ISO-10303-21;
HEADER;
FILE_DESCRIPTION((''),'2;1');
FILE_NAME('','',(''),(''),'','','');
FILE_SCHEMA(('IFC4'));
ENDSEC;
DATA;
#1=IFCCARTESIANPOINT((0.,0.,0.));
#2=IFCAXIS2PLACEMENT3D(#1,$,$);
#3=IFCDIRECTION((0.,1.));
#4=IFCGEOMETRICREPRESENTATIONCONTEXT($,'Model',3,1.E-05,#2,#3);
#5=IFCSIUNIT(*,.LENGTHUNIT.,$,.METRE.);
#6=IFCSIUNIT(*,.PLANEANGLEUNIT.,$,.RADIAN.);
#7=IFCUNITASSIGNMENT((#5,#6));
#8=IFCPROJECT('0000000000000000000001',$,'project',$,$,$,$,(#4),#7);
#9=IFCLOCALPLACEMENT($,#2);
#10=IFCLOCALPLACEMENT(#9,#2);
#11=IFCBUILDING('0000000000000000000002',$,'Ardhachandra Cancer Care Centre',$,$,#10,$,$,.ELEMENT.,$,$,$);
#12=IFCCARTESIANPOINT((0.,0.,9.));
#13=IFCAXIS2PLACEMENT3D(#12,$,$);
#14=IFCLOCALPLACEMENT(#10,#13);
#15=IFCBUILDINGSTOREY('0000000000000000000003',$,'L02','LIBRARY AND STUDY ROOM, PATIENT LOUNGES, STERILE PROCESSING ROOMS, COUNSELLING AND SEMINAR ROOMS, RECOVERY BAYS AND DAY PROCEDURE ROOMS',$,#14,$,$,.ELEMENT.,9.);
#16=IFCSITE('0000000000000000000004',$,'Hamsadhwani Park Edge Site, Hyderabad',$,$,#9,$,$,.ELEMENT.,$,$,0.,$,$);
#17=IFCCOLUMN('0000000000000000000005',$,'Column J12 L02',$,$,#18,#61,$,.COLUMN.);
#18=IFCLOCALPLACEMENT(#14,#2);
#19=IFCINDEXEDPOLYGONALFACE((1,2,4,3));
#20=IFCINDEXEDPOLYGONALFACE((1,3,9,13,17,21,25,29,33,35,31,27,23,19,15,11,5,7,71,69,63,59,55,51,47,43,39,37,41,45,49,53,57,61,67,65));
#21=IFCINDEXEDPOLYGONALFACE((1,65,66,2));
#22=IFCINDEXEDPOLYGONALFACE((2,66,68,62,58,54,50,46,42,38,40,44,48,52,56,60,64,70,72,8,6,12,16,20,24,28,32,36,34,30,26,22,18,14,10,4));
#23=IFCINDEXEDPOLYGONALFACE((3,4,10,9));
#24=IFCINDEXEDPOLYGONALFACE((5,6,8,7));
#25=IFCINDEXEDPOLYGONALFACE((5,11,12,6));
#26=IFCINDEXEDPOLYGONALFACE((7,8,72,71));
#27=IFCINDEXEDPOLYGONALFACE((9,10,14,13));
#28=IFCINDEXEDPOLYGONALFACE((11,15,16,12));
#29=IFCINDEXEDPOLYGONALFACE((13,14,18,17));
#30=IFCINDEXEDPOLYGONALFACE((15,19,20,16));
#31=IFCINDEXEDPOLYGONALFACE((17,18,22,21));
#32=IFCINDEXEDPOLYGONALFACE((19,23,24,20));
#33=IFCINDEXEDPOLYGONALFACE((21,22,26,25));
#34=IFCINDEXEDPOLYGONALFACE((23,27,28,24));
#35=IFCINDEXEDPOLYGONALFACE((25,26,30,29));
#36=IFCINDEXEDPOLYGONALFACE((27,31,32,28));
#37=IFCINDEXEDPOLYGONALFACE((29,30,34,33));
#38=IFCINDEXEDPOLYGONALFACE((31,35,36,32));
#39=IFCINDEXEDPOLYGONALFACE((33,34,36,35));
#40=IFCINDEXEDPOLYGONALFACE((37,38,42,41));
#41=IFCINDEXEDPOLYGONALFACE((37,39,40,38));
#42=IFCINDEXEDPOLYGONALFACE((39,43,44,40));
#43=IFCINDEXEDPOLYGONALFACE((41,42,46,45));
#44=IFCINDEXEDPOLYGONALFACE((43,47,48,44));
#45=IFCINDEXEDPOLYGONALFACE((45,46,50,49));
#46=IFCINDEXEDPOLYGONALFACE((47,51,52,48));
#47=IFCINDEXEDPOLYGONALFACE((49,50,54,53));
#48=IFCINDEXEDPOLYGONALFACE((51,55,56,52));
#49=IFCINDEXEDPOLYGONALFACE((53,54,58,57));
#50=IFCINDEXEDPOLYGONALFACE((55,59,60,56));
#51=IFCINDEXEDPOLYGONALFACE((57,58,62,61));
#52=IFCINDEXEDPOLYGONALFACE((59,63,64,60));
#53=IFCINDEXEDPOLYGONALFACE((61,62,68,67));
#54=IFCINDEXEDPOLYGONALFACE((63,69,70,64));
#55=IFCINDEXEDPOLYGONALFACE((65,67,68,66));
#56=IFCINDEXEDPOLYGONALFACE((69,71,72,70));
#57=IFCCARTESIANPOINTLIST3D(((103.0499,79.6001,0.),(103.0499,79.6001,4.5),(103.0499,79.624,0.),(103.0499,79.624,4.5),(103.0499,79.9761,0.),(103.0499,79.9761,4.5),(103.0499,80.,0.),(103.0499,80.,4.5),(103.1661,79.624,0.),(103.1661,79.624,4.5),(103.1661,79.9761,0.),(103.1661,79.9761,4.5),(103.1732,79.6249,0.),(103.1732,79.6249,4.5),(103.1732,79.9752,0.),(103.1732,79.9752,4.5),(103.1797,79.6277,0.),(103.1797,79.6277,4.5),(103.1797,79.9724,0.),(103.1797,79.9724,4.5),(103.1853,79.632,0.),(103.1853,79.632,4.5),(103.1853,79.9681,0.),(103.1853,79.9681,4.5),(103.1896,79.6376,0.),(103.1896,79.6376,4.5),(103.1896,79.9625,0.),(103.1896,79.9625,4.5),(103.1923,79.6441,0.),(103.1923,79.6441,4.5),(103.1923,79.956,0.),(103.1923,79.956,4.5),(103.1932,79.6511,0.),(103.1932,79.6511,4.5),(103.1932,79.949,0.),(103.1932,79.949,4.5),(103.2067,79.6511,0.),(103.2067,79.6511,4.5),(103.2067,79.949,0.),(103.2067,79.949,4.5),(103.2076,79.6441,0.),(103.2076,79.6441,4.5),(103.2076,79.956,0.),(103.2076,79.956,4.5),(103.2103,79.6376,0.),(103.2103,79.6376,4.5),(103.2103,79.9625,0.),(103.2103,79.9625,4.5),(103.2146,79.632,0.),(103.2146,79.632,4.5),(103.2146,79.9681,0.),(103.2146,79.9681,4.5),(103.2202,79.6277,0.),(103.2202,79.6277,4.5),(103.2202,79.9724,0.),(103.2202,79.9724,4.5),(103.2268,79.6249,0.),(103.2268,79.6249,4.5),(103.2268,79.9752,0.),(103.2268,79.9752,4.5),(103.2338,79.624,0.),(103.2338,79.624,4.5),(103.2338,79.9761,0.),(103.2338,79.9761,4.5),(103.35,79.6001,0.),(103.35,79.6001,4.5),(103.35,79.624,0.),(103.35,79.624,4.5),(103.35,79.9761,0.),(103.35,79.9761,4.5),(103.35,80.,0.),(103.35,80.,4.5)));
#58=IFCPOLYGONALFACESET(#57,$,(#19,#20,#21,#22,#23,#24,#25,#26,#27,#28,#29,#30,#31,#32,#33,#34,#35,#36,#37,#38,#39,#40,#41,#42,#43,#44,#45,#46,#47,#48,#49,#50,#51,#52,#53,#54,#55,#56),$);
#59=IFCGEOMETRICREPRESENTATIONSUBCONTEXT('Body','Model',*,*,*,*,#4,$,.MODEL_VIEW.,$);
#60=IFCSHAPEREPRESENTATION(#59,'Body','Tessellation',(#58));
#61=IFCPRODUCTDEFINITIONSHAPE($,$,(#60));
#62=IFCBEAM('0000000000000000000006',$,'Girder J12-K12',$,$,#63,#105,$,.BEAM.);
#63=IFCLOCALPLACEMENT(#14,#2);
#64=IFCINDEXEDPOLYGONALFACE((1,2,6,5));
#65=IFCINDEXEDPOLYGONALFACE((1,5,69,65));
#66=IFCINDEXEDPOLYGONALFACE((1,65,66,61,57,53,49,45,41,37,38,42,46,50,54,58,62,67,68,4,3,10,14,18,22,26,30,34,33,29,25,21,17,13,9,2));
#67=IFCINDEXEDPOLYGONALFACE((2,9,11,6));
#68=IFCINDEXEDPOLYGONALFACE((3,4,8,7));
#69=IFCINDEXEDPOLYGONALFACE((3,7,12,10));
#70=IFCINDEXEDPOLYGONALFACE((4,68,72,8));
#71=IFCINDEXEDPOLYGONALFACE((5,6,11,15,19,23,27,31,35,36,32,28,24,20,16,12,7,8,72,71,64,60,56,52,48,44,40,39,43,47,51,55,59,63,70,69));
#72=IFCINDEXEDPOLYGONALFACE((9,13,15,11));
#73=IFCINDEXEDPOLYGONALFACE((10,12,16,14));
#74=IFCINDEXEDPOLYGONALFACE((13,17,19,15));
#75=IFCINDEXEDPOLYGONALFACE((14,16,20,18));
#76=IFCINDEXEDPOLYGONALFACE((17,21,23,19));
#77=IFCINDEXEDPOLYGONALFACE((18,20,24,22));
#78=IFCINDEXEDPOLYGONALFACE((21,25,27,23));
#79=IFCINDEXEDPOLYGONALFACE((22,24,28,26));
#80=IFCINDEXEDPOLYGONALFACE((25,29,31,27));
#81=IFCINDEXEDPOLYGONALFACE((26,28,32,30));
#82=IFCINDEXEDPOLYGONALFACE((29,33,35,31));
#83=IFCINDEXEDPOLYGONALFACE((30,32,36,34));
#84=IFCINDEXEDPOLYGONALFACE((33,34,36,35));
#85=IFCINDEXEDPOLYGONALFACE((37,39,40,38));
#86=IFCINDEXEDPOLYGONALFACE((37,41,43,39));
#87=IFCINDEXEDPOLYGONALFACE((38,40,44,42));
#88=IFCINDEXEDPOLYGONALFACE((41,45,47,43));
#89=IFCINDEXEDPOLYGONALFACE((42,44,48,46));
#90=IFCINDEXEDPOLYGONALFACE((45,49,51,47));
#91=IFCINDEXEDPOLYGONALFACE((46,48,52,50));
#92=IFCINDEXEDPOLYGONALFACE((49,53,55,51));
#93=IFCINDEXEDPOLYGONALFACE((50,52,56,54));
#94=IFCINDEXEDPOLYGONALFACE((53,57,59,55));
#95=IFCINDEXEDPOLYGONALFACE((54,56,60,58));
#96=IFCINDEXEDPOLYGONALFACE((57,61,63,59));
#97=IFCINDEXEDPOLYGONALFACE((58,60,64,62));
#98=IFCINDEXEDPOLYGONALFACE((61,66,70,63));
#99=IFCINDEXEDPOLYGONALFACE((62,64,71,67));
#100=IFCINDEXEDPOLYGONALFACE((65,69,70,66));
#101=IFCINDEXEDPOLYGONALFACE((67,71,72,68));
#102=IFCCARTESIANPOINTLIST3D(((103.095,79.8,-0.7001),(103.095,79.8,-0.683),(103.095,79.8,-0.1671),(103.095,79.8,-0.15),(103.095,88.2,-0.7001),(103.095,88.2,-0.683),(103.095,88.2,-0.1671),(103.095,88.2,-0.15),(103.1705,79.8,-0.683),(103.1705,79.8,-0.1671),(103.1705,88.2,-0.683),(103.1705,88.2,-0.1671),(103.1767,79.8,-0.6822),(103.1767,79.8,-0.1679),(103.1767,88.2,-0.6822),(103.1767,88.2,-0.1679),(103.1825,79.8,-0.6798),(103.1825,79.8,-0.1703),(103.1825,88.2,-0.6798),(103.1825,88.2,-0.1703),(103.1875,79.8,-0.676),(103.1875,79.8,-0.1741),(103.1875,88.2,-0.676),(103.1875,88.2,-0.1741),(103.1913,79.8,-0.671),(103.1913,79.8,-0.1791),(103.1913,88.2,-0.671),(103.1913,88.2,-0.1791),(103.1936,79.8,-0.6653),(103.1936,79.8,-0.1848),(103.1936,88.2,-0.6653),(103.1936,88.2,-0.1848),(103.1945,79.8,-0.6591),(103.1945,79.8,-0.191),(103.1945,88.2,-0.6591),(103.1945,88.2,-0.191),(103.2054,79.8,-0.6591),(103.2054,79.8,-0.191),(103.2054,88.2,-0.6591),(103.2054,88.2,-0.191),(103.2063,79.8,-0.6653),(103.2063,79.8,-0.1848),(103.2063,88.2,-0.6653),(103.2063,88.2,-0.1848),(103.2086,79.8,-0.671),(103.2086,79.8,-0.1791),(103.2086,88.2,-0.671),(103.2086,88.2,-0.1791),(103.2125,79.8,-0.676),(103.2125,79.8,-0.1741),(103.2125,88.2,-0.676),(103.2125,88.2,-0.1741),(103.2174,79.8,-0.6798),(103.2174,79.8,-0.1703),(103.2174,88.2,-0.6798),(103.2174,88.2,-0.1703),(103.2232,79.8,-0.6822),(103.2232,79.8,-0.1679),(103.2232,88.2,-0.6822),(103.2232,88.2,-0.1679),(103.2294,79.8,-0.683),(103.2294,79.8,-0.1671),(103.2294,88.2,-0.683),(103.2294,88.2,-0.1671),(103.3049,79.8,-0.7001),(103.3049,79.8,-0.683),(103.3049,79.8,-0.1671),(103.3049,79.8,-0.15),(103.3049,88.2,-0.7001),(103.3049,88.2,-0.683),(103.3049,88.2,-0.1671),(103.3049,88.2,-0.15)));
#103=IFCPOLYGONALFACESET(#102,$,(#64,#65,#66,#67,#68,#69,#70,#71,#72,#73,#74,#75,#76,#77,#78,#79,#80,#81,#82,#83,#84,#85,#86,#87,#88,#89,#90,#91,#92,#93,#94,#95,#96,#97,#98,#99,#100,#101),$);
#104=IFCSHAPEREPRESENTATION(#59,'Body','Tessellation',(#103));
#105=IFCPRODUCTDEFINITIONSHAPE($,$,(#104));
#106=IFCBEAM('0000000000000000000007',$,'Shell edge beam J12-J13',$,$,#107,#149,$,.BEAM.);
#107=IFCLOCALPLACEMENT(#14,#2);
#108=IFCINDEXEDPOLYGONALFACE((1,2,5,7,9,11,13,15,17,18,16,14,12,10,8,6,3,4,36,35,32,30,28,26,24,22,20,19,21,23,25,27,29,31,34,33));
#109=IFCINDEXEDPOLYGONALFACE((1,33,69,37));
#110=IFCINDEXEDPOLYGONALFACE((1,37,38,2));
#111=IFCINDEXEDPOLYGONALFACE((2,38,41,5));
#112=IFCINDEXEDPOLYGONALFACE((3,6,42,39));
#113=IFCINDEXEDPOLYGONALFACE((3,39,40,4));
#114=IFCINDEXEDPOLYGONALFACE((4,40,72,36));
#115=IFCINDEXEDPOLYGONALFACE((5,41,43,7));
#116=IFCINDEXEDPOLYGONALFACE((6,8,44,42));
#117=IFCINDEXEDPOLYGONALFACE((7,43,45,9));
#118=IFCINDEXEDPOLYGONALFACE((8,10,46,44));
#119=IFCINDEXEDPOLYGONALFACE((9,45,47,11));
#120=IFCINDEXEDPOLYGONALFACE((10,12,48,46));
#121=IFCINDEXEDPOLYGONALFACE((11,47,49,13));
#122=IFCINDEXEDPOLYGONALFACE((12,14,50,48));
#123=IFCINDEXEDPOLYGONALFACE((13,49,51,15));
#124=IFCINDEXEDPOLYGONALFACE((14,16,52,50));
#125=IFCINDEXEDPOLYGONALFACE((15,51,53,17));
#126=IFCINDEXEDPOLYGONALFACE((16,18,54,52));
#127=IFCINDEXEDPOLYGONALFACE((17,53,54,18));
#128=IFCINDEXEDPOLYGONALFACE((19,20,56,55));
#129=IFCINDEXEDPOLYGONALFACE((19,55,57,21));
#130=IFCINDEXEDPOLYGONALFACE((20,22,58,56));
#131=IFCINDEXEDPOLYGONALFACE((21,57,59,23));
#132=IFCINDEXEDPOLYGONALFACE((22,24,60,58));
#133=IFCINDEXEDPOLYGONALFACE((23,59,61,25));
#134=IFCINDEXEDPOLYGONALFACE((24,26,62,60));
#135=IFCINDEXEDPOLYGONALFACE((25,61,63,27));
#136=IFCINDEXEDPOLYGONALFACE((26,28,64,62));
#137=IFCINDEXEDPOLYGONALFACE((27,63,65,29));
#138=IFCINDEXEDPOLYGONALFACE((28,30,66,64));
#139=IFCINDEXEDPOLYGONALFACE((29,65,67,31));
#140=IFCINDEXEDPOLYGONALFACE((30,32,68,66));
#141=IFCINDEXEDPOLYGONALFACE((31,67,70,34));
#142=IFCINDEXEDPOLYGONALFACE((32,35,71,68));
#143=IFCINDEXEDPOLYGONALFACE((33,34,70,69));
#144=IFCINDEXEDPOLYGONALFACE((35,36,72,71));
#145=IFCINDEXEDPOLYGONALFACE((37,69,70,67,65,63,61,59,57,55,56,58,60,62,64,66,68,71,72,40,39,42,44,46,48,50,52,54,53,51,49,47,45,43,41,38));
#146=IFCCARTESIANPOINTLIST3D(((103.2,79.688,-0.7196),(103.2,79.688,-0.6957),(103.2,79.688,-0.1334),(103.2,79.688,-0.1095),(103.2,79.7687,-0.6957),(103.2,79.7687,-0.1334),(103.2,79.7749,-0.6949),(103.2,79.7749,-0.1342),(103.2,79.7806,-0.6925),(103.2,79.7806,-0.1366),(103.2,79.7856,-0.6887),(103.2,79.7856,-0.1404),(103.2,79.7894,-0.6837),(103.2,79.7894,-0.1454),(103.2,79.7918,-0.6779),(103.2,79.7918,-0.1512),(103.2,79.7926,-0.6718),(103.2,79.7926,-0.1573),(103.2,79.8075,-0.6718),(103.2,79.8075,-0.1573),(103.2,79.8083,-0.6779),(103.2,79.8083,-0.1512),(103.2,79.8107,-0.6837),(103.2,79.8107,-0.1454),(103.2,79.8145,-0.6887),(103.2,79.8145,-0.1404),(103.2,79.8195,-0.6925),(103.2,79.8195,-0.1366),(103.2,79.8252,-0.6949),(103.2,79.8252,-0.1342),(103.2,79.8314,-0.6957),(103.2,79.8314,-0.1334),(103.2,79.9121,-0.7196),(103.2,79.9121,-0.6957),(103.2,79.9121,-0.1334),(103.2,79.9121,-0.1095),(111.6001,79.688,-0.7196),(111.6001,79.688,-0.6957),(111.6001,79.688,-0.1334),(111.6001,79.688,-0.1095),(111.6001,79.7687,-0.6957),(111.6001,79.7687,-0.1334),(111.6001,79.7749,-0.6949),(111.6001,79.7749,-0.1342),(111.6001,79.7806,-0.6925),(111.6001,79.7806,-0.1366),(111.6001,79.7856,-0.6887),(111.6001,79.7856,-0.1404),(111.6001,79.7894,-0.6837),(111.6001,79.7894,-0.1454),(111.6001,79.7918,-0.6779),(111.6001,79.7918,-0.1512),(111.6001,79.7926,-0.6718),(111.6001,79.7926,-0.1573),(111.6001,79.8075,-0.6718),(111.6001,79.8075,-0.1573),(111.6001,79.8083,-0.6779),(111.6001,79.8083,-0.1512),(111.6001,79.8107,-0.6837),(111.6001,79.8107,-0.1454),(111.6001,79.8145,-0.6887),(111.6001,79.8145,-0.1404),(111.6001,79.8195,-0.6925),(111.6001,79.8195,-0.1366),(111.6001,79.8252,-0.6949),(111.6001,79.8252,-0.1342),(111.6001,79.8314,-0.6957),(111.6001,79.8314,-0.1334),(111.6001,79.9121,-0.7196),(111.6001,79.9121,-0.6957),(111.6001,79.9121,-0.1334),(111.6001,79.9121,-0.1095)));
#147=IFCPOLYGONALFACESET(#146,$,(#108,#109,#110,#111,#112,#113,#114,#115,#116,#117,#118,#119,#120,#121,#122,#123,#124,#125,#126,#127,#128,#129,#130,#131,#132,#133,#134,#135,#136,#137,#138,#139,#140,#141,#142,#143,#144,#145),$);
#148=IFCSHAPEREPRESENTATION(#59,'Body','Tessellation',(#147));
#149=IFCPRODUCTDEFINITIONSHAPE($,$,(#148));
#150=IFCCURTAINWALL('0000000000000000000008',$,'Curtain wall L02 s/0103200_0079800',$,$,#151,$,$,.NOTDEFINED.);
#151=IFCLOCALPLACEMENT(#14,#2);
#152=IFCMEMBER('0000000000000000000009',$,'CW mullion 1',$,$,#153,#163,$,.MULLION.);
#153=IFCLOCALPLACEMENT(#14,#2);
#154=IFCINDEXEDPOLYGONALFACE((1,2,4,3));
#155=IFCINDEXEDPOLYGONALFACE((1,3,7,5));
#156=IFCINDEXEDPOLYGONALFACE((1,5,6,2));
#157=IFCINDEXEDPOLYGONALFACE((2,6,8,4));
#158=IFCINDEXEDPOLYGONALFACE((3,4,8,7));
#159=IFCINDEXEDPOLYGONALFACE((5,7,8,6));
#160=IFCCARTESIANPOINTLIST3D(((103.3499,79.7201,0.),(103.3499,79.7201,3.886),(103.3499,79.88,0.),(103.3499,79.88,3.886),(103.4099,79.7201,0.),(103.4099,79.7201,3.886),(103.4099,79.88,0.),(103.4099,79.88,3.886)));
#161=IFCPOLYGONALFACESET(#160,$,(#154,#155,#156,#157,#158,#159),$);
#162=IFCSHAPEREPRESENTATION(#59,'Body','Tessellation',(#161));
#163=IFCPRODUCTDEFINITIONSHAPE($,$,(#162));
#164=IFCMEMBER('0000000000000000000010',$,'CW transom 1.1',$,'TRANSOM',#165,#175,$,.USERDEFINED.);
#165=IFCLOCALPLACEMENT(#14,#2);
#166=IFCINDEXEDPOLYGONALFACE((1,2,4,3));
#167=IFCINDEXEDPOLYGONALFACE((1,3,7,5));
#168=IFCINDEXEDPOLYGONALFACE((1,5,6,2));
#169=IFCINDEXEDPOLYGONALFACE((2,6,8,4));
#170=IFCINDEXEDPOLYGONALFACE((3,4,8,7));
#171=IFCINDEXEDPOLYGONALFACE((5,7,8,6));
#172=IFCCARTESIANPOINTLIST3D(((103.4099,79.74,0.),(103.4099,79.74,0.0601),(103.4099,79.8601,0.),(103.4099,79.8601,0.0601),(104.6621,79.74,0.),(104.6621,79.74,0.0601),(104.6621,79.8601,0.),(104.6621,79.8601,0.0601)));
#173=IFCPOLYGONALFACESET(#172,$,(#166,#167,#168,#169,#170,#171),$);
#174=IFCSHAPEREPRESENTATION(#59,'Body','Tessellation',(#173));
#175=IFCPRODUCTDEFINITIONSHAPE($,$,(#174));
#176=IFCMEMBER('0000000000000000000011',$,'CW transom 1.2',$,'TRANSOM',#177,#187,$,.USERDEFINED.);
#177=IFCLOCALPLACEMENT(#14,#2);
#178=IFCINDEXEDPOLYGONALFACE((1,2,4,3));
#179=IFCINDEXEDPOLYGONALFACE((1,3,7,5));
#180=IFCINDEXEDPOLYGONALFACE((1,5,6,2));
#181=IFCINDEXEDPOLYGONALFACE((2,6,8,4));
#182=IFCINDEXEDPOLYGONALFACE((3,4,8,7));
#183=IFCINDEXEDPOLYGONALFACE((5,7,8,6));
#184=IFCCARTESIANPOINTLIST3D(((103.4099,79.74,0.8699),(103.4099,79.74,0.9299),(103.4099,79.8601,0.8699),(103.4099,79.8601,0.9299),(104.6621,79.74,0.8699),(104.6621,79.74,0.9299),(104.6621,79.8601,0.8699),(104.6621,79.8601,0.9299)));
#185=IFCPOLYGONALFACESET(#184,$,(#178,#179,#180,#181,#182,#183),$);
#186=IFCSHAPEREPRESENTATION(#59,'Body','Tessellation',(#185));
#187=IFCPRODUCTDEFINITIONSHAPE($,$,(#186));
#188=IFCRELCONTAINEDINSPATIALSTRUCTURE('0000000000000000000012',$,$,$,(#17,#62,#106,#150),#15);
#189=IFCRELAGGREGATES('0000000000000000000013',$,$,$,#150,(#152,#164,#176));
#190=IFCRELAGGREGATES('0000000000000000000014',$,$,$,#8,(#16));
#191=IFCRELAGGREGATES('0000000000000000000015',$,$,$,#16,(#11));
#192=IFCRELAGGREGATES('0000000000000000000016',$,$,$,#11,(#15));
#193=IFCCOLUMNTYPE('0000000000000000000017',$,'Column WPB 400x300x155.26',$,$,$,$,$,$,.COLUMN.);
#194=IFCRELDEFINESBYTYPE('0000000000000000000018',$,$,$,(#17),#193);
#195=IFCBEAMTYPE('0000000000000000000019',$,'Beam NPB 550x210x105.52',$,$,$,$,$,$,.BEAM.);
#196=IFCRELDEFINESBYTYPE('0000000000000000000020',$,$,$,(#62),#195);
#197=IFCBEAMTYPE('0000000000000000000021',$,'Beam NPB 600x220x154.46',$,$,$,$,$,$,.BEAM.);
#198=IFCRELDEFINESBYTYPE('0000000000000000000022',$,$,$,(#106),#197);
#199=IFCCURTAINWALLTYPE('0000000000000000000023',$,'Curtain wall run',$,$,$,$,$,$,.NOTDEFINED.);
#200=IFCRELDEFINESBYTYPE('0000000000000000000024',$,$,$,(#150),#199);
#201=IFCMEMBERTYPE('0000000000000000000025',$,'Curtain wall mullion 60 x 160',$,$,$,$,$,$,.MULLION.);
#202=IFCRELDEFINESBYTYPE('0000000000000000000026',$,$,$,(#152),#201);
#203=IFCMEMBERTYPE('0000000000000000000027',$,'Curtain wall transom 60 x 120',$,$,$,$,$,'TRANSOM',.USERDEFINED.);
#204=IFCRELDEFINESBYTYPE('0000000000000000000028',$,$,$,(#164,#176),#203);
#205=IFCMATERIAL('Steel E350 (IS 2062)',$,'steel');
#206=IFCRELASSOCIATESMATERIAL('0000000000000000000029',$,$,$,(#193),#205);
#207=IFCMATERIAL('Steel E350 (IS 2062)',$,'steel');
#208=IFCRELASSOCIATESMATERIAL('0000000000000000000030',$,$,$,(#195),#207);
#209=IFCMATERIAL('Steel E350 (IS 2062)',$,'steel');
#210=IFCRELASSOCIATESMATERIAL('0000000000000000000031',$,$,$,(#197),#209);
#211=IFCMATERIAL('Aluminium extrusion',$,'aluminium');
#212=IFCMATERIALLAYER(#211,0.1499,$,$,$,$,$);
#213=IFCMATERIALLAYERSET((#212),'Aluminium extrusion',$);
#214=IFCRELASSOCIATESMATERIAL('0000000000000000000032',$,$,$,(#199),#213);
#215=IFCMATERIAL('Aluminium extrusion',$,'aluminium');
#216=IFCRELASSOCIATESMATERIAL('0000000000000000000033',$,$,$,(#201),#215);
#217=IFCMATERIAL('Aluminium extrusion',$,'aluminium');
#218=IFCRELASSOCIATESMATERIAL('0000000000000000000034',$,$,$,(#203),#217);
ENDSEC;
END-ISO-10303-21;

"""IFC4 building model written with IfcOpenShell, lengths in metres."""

from ifc_helpers import new_model, si_unit, direction, frame, origin, origin_2d, place, context, subcontext, project, spatial, rectangle, i_section, extrude, material, layer, layer_set, material_profile, profile_set, type_object, element, aggregate, save


model = new_model("IFC4")

# Units and contexts
model_context = context("Model", 3, precision=1e-05, world=origin(), true_north=direction((0.0, 1.0)))
body_context = subcontext(model_context, "Body", "Model", "MODEL_VIEW")
ifc_project = project(units=[si_unit("LENGTHUNIT", "METRE"), si_unit("PLANEANGLEUNIT", "RADIAN")], contexts=[model_context])

# Site, building, storey
site_placement = place(None, origin())
site = spatial("IfcSite", under=ifc_project, at=site_placement, Name="Hamsadhwani Park Edge Site, Hyderabad", CompositionType="ELEMENT", RefElevation=0.0)
building_placement = place(site_placement, origin())
building = spatial("IfcBuilding", under=site, at=building_placement, Name="Ardhachandra Cancer Care Centre", CompositionType="ELEMENT")
storey_placement = place(building_placement, frame((0.0, 0.0, 9.0)))
storey = spatial("IfcBuildingStorey", under=building, at=storey_placement, Name="L02", Description="LIBRARY AND STUDY ROOM, PATIENT LOUNGES, STERILE PROCESSING ROOMS, COUNSELLING AND SEMINAR ROOMS, RECOVERY BAYS AND DAY PROCEDURE ROOMS", CompositionType="ELEMENT", Elevation=9.0)

# Column
ifc_material_1 = material(Name="Steel E350 (IS 2062)", Category="steel")
ifc_material_profile_1 = material_profile(ifc_material_1, i_section(OverallWidth=0.3, OverallDepth=0.3999, WebThickness=0.0134, FlangeThickness=0.0239, FilletRadius=0.0271, at=origin_2d()), Name="WPB 400x300x155.26")
ifc_profile_set_1 = profile_set([ifc_material_profile_1], Name="Steel E350 (IS 2062)")
column_type = type_object("IfcColumnType", Name="Column WPB 400x300x155.26", PredefinedType="COLUMN", material=ifc_profile_set_1)
column_placement = place(storey_placement, frame((103.2, 79.8, 0.0), z_axis=(0.0, 0.0, 1.0), x_axis=(1.0, 0.0, 0.0)))
element("IfcColumn", 1, at=column_placement, inside=storey, type_object=column_type, Name="Column J12 L02", PredefinedType="COLUMN", context=body_context, shape_type="SweptSolid", body=[
    extrude(i_section(OverallWidth=0.3, OverallDepth=0.3999, WebThickness=0.0134, FlangeThickness=0.0239, FilletRadius=0.0271, at=origin_2d()), origin(), (0.0, 0.0, 1.0), 4.5),
])

# Beams
ifc_material_2 = material(Name="Steel E350 (IS 2062)", Category="steel")
ifc_material_profile_2 = material_profile(ifc_material_2, i_section(OverallWidth=0.21, OverallDepth=0.55, WebThickness=0.011, FlangeThickness=0.0171, FilletRadius=0.0239, at=origin_2d()), Name="NPB 550x210x105.52")
ifc_profile_set_2 = profile_set([ifc_material_profile_2], Name="Steel E350 (IS 2062)")
beam_type_1 = type_object("IfcBeamType", Name="Beam NPB 550x210x105.52", PredefinedType="BEAM", material=ifc_profile_set_2)
beam_1_placement = place(storey_placement, frame((103.2, 79.8, -0.425), z_axis=(0.0, 1.0, 0.0), x_axis=(-1.0, 0.0, 0.0)))
element("IfcBeam", 2, at=beam_1_placement, inside=storey, type_object=beam_type_1, Name="Girder J12-K12", PredefinedType="BEAM", context=body_context, shape_type="SweptSolid", body=[
    extrude(i_section(OverallWidth=0.21, OverallDepth=0.55, WebThickness=0.011, FlangeThickness=0.0171, FilletRadius=0.0239, at=origin_2d()), origin(), (0.0, 0.0, 1.0), 8.3999),
])
ifc_material_3 = material(Name="Steel E350 (IS 2062)", Category="steel")
ifc_material_profile_3 = material_profile(ifc_material_3, i_section(OverallWidth=0.2241, OverallDepth=0.6101, WebThickness=0.0149, FlangeThickness=0.0239, FilletRadius=0.0239, at=origin_2d()), Name="NPB 600x220x154.46")
ifc_profile_set_3 = profile_set([ifc_material_profile_3], Name="Steel E350 (IS 2062)")
beam_type_2 = type_object("IfcBeamType", Name="Beam NPB 600x220x154.46", PredefinedType="BEAM", material=ifc_profile_set_3)
beam_2_placement = place(storey_placement, frame((103.2, 79.8, -0.4146), z_axis=(1.0, 0.0, 0.0), x_axis=(0.0, 1.0, 0.0)))
element("IfcBeam", 3, at=beam_2_placement, inside=storey, type_object=beam_type_2, Name="Shell edge beam J12-J13", PredefinedType="BEAM", context=body_context, shape_type="SweptSolid", body=[
    extrude(i_section(OverallWidth=0.2241, OverallDepth=0.6101, WebThickness=0.0149, FlangeThickness=0.0239, FilletRadius=0.0239, at=origin_2d()), origin(), (0.0, 0.0, 1.0), 8.4001),
])

# Curtain wall, members
ifc_material_4 = material(Name="Aluminium extrusion", Category="aluminium")
ifc_layer_1 = layer(ifc_material_4, 0.1499)
ifc_layer_set_1 = layer_set([ifc_layer_1], Name="Aluminium extrusion")
curtain_wall_type = type_object("IfcCurtainWallType", Name="Curtain wall run", PredefinedType="NOTDEFINED", material=ifc_layer_set_1)
curtain_wall_placement = place(storey_placement, origin())
curtain_wall = element("IfcCurtainWall", 4, at=curtain_wall_placement, inside=storey, type_object=curtain_wall_type, Name="Curtain wall L02 s/0103200_0079800", PredefinedType="NOTDEFINED")
ifc_material_5 = material(Name="Aluminium extrusion", Category="aluminium")
ifc_material_profile_4 = material_profile(ifc_material_5, rectangle(XDim=0.1599, YDim=0.0601, at=origin_2d()), Name="Curtain wall mullion 60 x 160")
ifc_profile_set_4 = profile_set([ifc_material_profile_4], Name="Aluminium extrusion")
member_type_1 = type_object("IfcMemberType", Name="Curtain wall mullion 60 x 160", PredefinedType="MULLION", material=ifc_profile_set_4)
member_1_placement = place(storey_placement, frame((103.3799, 79.8, 0.0), z_axis=(0.0, 0.0, 1.0), x_axis=(0.0, 1.0, 0.0)))
member_1 = element("IfcMember", 5, at=member_1_placement, type_object=member_type_1, Name="CW mullion 1", PredefinedType="MULLION", context=body_context, shape_type="SweptSolid", body=[
    extrude(rectangle(XDim=0.1599, YDim=0.0601, at=origin_2d()), origin(), (0.0, 0.0, 1.0), 3.886),
])
ifc_material_6 = material(Name="Aluminium extrusion", Category="aluminium")
ifc_material_profile_5 = material_profile(ifc_material_6, rectangle(XDim=0.1201, YDim=0.0601, at=origin_2d()), Name="Curtain wall transom 60 x 120")
ifc_profile_set_5 = profile_set([ifc_material_profile_5], Name="Aluminium extrusion")
member_type_2 = type_object("IfcMemberType", Name="Curtain wall transom 60 x 120", ElementType="TRANSOM", PredefinedType="USERDEFINED", material=ifc_profile_set_5)
member_2_placement = place(storey_placement, frame((103.4099, 79.8, 0.03), z_axis=(1.0, 0.0, 0.0), x_axis=(0.0, 1.0, 0.0)))
member_2 = element("IfcMember", 6, at=member_2_placement, type_object=member_type_2, Name="CW transom 1.1", ObjectType="TRANSOM", PredefinedType="USERDEFINED", context=body_context, shape_type="SweptSolid", body=[
    extrude(rectangle(XDim=0.1201, YDim=0.0601, at=origin_2d()), origin(), (0.0, 0.0, 1.0), 1.2522),
])
member_3_placement = place(storey_placement, frame((103.4099, 79.8, 0.8999), z_axis=(1.0, 0.0, 0.0), x_axis=(0.0, 1.0, 0.0)))
member_3 = element("IfcMember", 7, at=member_3_placement, type_object=member_type_2, Name="CW transom 1.2", ObjectType="TRANSOM", PredefinedType="USERDEFINED", context=body_context, shape_type="SweptSolid", body=[
    extrude(rectangle(XDim=0.1201, YDim=0.0601, at=origin_2d()), origin(), (0.0, 0.0, 1.0), 1.2522),
])

aggregate(curtain_wall, [member_1, member_2, member_3])

save(model, "model.ifc")
